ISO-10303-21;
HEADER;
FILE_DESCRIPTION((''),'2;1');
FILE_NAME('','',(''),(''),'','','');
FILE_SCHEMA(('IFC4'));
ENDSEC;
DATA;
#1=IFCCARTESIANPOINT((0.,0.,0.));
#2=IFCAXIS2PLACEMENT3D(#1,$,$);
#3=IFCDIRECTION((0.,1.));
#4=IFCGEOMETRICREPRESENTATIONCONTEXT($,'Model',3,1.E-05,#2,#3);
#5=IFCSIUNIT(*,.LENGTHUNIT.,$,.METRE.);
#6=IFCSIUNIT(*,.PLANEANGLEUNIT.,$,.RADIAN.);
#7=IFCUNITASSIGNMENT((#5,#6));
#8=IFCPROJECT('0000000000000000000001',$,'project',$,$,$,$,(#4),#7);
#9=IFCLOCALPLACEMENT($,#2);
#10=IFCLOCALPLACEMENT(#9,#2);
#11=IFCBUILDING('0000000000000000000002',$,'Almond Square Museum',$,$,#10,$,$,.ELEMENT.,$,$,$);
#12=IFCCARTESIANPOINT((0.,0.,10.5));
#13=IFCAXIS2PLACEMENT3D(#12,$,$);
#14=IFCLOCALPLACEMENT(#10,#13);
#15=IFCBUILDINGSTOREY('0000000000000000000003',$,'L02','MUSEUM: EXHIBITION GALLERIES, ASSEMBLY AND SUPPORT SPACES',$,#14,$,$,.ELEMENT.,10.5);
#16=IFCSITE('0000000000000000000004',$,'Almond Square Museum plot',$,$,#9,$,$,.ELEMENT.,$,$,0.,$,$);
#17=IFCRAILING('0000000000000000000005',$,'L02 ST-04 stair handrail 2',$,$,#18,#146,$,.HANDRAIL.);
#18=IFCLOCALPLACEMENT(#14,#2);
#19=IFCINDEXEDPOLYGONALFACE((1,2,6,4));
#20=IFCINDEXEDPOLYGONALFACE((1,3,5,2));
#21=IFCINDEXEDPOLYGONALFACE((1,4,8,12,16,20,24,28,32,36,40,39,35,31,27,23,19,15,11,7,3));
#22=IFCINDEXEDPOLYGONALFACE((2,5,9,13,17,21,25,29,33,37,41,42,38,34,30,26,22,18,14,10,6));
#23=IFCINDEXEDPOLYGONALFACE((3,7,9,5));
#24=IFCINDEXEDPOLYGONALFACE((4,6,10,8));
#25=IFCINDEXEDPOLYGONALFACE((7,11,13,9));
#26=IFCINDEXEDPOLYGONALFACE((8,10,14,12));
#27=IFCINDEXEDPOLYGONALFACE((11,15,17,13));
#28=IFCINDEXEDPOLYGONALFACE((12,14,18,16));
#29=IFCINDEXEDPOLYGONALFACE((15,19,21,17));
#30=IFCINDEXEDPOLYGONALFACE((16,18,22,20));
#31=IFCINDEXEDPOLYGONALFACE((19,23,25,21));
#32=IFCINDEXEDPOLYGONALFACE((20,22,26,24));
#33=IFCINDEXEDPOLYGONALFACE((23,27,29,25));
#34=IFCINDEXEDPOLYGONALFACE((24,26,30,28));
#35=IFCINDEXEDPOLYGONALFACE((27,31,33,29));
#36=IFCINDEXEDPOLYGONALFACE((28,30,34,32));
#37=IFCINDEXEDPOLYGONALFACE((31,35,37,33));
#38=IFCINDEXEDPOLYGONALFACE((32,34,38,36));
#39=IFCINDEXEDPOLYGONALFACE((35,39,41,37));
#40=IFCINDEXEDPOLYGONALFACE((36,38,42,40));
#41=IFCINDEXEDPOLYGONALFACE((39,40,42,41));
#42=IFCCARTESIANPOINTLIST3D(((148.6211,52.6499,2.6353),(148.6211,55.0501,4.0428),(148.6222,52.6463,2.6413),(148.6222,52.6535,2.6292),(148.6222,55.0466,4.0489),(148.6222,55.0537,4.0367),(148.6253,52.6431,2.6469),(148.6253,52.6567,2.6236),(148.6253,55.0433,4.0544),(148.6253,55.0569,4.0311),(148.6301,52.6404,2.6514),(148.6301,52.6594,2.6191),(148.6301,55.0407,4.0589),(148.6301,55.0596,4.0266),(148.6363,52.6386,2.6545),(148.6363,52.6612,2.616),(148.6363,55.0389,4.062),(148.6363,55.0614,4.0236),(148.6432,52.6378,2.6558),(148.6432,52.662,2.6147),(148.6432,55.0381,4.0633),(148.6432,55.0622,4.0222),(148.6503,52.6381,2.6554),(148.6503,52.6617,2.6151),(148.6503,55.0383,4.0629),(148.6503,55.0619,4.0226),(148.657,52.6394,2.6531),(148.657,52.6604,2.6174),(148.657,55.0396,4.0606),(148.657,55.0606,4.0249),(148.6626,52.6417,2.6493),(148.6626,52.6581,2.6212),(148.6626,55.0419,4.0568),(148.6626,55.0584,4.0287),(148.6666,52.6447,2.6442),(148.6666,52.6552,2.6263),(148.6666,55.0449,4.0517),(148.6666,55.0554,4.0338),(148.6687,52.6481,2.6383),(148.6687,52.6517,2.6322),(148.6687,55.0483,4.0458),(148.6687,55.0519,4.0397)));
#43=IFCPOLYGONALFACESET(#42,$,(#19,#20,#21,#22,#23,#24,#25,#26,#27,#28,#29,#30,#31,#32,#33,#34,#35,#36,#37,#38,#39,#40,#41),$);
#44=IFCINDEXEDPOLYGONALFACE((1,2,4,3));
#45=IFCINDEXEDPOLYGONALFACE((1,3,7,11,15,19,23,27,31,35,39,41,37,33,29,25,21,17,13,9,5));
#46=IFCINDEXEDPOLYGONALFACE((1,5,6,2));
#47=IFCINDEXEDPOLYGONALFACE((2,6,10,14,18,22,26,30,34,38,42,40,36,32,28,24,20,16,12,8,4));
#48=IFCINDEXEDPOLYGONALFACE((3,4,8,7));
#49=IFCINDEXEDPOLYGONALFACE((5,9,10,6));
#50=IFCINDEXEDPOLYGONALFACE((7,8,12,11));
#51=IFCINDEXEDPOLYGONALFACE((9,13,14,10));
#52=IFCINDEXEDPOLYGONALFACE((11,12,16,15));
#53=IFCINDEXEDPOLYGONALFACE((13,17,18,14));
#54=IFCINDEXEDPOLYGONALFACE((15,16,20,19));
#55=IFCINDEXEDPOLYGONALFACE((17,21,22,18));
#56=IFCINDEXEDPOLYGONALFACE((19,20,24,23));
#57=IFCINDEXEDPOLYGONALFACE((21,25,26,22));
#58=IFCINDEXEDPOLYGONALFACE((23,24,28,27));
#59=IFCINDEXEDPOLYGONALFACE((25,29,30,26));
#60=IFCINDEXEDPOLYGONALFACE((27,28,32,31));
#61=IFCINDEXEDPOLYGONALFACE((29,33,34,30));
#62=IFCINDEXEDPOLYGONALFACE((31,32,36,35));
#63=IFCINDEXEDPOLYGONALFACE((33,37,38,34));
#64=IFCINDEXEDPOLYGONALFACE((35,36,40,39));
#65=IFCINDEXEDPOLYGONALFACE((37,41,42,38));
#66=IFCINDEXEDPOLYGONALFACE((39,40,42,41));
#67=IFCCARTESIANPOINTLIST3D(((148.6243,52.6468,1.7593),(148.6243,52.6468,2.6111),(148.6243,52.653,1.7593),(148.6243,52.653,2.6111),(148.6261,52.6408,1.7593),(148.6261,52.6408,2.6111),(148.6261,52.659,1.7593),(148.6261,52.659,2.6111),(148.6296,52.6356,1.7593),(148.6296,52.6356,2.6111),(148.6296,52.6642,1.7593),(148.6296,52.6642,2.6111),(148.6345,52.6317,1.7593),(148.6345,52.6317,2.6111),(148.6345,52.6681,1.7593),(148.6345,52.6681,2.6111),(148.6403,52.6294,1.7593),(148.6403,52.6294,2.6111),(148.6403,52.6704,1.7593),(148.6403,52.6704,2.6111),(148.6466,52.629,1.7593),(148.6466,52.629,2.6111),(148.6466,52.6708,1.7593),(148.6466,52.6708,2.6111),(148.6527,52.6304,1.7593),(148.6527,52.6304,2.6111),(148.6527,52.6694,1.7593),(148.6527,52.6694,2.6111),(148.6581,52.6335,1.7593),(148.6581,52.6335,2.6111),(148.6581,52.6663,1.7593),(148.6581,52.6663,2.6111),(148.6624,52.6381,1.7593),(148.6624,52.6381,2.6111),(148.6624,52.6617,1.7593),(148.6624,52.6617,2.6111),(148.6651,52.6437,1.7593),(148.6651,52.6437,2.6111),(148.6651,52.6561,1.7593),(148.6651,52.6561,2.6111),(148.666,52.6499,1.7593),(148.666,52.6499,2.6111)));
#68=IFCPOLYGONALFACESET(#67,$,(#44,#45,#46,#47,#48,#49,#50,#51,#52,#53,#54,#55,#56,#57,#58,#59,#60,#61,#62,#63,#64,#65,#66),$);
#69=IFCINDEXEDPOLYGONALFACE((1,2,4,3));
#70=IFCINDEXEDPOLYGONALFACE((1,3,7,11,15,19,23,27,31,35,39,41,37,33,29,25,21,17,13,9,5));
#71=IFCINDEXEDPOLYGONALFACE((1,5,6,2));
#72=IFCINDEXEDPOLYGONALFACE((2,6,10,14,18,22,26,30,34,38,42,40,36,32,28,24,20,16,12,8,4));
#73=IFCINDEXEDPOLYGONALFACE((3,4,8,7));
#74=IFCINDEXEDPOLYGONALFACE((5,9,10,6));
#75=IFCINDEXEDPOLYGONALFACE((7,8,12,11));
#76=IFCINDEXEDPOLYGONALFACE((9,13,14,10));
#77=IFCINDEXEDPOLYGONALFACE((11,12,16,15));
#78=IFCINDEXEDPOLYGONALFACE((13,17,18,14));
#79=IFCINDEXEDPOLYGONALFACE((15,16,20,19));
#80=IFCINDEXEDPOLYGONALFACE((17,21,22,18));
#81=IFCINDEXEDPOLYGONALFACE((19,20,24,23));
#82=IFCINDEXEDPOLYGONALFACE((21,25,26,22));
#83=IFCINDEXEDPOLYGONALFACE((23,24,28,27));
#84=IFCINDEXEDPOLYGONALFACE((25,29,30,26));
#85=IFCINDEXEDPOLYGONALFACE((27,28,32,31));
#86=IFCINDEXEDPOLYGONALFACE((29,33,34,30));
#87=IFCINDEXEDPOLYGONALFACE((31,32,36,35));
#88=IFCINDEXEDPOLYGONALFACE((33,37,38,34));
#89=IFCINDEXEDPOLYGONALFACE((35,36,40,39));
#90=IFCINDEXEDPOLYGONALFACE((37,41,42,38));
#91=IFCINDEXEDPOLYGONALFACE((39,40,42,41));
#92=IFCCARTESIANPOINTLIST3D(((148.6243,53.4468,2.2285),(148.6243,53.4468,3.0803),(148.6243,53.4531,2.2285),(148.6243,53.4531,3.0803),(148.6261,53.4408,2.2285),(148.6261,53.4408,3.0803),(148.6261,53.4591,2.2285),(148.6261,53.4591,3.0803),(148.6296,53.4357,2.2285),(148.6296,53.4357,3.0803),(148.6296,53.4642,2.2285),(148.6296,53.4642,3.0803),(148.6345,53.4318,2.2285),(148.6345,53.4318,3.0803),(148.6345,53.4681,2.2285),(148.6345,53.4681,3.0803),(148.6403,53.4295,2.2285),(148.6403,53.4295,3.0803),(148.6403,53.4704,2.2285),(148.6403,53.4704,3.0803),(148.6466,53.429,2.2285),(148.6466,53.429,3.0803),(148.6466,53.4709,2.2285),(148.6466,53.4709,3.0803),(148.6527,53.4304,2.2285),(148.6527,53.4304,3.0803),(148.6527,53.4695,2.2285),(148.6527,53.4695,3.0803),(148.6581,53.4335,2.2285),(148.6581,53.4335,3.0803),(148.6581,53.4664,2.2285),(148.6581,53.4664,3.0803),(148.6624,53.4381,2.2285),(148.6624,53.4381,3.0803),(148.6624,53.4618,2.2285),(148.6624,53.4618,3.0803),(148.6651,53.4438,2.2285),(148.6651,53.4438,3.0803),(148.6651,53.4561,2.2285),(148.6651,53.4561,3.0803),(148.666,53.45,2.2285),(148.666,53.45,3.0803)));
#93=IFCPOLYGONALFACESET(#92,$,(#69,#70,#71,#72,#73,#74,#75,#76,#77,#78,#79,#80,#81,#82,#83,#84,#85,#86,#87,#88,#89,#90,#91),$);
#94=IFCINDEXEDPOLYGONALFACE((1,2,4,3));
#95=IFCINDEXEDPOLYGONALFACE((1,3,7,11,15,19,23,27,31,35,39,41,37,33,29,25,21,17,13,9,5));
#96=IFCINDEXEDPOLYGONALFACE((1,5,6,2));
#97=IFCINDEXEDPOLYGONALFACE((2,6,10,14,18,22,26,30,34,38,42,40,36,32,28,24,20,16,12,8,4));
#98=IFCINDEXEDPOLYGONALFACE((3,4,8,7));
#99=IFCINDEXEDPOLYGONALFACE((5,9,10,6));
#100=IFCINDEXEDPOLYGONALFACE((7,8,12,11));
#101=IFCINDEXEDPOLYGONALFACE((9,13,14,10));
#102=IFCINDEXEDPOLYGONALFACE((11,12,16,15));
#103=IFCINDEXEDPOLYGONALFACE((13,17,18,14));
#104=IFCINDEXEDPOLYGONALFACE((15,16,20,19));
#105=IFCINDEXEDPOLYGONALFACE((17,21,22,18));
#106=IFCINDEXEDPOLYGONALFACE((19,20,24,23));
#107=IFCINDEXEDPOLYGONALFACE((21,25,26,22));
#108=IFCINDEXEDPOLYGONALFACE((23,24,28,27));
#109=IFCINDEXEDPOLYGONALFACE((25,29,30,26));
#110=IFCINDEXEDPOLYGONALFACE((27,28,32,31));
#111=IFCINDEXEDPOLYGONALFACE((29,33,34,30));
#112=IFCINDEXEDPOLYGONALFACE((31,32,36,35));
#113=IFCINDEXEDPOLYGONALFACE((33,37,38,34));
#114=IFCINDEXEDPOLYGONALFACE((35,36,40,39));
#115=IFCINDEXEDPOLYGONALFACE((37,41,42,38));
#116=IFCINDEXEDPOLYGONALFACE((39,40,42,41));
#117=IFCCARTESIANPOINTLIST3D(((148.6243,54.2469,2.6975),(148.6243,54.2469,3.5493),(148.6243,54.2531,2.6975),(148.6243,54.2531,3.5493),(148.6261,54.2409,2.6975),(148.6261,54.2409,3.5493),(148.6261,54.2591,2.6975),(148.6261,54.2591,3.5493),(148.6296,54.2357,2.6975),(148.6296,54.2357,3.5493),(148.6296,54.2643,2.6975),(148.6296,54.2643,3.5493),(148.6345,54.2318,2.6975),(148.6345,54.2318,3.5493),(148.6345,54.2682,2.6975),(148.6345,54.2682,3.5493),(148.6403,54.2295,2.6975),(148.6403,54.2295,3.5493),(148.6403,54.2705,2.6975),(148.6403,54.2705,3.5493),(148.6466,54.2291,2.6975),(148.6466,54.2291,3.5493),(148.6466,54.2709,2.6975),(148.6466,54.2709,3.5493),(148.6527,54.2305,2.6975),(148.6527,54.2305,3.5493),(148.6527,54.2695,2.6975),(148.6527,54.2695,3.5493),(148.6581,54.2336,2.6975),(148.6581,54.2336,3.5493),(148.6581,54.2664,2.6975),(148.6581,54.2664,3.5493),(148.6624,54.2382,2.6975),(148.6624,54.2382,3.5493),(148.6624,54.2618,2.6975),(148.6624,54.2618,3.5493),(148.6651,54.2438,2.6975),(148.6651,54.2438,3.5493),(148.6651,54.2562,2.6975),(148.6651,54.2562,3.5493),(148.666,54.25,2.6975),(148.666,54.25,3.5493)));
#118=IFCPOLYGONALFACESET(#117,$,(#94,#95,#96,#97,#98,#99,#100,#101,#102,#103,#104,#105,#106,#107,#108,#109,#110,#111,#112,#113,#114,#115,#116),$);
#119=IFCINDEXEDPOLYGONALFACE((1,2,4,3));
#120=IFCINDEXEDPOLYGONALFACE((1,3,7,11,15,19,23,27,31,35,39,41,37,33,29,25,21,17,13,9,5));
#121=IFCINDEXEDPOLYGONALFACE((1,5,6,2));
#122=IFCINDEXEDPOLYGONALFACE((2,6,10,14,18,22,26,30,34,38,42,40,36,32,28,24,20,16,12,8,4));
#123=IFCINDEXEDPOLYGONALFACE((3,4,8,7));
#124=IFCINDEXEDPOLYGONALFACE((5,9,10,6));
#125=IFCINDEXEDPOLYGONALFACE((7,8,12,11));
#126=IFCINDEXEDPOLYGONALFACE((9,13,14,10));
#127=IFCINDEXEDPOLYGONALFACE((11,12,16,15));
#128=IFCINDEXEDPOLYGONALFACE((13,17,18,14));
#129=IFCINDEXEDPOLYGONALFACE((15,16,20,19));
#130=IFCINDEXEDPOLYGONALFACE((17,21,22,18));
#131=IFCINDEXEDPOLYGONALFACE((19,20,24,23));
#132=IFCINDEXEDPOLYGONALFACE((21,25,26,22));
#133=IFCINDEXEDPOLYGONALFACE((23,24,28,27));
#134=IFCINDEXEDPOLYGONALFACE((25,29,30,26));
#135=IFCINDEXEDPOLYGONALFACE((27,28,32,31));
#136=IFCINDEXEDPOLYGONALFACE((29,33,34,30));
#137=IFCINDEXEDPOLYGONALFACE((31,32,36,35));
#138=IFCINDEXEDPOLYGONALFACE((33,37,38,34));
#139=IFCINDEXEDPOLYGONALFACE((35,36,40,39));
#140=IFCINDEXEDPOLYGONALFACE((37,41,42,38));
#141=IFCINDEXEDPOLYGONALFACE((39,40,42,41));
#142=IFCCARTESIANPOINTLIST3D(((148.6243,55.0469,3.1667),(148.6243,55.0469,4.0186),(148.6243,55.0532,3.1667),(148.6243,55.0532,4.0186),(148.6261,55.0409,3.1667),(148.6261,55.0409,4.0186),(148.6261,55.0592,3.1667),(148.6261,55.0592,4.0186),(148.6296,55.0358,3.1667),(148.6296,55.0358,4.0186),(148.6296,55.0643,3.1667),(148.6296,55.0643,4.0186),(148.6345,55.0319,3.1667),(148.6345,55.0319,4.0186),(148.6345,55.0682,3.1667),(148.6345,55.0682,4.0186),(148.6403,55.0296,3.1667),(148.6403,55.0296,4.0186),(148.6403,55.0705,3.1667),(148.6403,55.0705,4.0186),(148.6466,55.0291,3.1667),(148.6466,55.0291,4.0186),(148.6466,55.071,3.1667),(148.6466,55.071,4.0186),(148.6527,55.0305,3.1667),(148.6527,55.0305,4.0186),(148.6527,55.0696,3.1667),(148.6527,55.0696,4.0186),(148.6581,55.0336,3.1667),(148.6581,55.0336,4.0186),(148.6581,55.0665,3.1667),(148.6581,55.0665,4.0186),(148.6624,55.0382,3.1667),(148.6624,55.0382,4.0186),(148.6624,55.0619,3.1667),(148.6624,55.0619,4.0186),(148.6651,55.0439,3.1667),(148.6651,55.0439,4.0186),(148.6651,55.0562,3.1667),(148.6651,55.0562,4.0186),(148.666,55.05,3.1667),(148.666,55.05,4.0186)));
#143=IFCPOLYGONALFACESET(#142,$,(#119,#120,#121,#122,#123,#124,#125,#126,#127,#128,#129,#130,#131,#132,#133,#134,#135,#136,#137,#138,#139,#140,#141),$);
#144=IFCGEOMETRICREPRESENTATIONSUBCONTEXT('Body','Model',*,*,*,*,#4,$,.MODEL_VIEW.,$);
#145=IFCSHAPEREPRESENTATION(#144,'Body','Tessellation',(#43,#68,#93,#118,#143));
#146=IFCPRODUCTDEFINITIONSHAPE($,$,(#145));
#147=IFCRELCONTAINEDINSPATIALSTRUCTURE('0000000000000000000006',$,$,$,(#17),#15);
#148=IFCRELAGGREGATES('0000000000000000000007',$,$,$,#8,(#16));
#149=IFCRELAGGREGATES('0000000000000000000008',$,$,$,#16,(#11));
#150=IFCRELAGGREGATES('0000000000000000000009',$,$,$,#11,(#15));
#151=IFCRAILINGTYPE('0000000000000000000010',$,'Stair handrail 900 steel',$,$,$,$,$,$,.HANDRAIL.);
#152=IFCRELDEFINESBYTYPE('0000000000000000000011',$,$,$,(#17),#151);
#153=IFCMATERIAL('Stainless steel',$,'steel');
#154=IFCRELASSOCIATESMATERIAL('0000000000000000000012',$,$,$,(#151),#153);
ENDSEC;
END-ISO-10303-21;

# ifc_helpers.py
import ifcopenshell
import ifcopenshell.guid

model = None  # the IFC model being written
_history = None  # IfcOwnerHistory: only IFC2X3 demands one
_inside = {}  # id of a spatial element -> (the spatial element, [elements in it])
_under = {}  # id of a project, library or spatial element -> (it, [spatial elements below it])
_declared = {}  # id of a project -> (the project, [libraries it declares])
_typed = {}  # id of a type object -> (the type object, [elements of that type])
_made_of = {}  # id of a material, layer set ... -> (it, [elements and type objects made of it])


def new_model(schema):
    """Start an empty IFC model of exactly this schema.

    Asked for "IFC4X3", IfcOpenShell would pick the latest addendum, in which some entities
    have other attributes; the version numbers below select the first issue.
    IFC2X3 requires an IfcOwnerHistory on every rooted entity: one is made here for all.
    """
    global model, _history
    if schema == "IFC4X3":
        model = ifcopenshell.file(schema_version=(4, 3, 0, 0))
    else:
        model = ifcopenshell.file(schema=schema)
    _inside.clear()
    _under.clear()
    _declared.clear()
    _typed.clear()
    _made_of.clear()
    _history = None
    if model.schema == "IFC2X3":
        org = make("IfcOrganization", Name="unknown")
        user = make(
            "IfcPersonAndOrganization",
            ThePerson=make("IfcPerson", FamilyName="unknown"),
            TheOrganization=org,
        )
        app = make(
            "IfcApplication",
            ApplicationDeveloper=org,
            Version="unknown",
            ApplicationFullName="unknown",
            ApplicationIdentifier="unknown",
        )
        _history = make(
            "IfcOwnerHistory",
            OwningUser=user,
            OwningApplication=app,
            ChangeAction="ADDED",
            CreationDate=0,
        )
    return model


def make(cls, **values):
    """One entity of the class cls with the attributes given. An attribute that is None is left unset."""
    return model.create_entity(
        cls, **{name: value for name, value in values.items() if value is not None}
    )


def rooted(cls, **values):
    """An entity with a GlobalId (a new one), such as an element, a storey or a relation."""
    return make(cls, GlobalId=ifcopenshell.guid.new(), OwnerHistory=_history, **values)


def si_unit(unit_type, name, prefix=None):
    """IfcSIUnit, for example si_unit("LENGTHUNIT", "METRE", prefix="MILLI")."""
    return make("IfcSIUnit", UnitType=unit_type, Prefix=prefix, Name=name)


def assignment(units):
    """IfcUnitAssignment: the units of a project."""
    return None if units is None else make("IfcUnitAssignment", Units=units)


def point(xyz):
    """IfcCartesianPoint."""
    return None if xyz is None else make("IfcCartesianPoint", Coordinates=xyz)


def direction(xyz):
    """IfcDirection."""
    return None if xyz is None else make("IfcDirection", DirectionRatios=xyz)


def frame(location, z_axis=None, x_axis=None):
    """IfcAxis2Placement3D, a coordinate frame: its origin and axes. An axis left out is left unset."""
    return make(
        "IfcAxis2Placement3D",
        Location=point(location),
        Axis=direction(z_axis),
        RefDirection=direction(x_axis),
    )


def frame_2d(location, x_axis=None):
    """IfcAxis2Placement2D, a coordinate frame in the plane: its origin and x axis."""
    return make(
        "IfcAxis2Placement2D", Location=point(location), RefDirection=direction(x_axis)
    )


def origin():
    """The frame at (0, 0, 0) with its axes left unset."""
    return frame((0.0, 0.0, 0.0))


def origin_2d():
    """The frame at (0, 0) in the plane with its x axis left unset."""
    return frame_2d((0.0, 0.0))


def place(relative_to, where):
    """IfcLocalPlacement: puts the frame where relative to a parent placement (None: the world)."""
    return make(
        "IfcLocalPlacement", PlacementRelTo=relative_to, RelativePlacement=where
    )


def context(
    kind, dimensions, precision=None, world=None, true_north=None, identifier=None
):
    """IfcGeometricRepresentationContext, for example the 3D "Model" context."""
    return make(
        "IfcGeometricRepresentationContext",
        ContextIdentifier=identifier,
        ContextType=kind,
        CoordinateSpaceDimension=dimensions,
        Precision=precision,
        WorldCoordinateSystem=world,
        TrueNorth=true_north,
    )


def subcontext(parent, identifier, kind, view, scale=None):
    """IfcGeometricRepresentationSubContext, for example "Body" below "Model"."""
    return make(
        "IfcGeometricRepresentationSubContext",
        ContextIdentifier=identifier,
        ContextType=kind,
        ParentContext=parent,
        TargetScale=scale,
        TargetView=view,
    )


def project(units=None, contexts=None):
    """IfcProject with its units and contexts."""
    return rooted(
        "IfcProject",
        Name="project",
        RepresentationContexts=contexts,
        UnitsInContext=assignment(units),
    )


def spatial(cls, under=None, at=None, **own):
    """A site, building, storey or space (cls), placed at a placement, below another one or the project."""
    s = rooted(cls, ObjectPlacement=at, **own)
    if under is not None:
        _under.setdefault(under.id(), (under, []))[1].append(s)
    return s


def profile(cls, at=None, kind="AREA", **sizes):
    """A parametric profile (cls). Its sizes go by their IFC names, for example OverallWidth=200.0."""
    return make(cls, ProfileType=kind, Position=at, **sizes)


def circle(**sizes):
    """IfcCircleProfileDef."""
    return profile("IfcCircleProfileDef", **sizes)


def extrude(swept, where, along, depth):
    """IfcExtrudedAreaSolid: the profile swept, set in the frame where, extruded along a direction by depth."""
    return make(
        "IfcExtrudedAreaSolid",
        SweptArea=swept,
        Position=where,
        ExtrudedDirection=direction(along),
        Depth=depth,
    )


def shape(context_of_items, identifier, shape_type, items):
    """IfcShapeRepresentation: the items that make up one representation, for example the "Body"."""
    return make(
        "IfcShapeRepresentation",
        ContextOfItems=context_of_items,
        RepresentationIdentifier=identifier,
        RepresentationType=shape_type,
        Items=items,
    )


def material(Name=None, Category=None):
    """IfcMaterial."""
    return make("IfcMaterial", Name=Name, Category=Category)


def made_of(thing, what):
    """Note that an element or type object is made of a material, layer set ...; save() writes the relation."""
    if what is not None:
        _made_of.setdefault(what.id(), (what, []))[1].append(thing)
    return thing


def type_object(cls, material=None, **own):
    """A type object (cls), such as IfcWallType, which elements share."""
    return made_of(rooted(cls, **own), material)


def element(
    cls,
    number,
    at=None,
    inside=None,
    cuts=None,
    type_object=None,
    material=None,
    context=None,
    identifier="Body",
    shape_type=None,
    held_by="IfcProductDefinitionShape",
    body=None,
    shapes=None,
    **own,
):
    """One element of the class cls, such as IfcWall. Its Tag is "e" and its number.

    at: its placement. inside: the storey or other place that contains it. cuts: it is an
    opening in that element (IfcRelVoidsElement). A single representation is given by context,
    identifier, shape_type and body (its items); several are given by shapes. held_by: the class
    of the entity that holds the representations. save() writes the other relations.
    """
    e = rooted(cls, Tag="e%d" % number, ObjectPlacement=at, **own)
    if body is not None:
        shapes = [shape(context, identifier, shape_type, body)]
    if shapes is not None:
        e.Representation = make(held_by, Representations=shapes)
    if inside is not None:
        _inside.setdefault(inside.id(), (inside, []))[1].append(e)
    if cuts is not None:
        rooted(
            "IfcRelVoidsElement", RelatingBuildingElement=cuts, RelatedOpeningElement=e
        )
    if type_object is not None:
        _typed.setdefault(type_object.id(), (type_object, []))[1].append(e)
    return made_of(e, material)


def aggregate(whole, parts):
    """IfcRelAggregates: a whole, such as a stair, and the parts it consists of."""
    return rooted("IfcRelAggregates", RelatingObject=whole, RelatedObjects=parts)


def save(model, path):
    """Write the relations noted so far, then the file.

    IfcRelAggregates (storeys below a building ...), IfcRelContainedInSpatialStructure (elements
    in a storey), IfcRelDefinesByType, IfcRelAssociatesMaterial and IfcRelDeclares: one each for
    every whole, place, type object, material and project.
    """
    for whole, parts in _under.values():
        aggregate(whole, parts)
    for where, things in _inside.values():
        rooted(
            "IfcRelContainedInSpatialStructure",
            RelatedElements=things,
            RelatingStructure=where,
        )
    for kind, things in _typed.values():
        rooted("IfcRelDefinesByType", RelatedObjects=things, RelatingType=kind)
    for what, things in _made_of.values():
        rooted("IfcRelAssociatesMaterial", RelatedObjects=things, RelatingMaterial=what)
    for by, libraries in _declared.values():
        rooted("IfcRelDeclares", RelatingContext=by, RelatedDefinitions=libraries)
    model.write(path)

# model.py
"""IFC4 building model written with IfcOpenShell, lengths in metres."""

from ifc_helpers import new_model, si_unit, direction, frame, origin, origin_2d, place, context, subcontext, project, spatial, circle, extrude, material, type_object, element, save


model = new_model("IFC4")

# Units and contexts
model_context = context("Model", 3, precision=1e-05, world=origin(), true_north=direction((0.0, 1.0)))
body_context = subcontext(model_context, "Body", "Model", "MODEL_VIEW")
ifc_project = project(units=[si_unit("LENGTHUNIT", "METRE"), si_unit("PLANEANGLEUNIT", "RADIAN")], contexts=[model_context])

# Site, building, storey
site_placement = place(None, origin())
site = spatial("IfcSite", under=ifc_project, at=site_placement, Name="Almond Square Museum plot", CompositionType="ELEMENT", RefElevation=0.0)
building_placement = place(site_placement, origin())
building = spatial("IfcBuilding", under=site, at=building_placement, Name="Almond Square Museum", CompositionType="ELEMENT")
storey_placement = place(building_placement, frame((0.0, 0.0, 10.5)))
storey = spatial("IfcBuildingStorey", under=building, at=storey_placement, Name="L02", Description="MUSEUM: EXHIBITION GALLERIES, ASSEMBLY AND SUPPORT SPACES", CompositionType="ELEMENT", Elevation=10.5)

# Railing
ifc_material_1 = material(Name="Stainless steel", Category="steel")
railing_type_1 = type_object("IfcRailingType", Name="Stair handrail 900 steel", PredefinedType="HANDRAIL", material=ifc_material_1)
railing_1_placement = place(storey_placement, frame((148.645, 52.6499, 1.7593)))
element("IfcRailing", 1, at=railing_1_placement, inside=storey, type_object=railing_type_1, Name="L02 ST-04 stair handrail 2", PredefinedType="HANDRAIL", context=body_context, shape_type="SweptSolid", body=[
    extrude(circle(Radius=0.0239, at=origin_2d()), frame((0.0, 0.0, 0.876), z_axis=(0.0, 0.862621, 0.50585), x_axis=(-1.0, 0.0, 0.0)), (0.0, 0.0, 1.0), 2.7825),
    extrude(circle(Radius=0.021, at=origin_2d()), origin(), (0.0, 0.0, 1.0), 0.8518),
    extrude(circle(Radius=0.021, at=origin_2d()), frame((0.0, 0.8, 0.4692)), (0.0, 0.0, 1.0), 0.8518),
    extrude(circle(Radius=0.021, at=origin_2d()), frame((0.0, 1.6001, 0.9382)), (0.0, 0.0, 1.0), 0.8518),
    extrude(circle(Radius=0.021, at=origin_2d()), frame((0.0, 2.4001, 1.4075)), (0.0, 0.0, 1.0), 0.8518),
])

save(model, "model.ifc")
